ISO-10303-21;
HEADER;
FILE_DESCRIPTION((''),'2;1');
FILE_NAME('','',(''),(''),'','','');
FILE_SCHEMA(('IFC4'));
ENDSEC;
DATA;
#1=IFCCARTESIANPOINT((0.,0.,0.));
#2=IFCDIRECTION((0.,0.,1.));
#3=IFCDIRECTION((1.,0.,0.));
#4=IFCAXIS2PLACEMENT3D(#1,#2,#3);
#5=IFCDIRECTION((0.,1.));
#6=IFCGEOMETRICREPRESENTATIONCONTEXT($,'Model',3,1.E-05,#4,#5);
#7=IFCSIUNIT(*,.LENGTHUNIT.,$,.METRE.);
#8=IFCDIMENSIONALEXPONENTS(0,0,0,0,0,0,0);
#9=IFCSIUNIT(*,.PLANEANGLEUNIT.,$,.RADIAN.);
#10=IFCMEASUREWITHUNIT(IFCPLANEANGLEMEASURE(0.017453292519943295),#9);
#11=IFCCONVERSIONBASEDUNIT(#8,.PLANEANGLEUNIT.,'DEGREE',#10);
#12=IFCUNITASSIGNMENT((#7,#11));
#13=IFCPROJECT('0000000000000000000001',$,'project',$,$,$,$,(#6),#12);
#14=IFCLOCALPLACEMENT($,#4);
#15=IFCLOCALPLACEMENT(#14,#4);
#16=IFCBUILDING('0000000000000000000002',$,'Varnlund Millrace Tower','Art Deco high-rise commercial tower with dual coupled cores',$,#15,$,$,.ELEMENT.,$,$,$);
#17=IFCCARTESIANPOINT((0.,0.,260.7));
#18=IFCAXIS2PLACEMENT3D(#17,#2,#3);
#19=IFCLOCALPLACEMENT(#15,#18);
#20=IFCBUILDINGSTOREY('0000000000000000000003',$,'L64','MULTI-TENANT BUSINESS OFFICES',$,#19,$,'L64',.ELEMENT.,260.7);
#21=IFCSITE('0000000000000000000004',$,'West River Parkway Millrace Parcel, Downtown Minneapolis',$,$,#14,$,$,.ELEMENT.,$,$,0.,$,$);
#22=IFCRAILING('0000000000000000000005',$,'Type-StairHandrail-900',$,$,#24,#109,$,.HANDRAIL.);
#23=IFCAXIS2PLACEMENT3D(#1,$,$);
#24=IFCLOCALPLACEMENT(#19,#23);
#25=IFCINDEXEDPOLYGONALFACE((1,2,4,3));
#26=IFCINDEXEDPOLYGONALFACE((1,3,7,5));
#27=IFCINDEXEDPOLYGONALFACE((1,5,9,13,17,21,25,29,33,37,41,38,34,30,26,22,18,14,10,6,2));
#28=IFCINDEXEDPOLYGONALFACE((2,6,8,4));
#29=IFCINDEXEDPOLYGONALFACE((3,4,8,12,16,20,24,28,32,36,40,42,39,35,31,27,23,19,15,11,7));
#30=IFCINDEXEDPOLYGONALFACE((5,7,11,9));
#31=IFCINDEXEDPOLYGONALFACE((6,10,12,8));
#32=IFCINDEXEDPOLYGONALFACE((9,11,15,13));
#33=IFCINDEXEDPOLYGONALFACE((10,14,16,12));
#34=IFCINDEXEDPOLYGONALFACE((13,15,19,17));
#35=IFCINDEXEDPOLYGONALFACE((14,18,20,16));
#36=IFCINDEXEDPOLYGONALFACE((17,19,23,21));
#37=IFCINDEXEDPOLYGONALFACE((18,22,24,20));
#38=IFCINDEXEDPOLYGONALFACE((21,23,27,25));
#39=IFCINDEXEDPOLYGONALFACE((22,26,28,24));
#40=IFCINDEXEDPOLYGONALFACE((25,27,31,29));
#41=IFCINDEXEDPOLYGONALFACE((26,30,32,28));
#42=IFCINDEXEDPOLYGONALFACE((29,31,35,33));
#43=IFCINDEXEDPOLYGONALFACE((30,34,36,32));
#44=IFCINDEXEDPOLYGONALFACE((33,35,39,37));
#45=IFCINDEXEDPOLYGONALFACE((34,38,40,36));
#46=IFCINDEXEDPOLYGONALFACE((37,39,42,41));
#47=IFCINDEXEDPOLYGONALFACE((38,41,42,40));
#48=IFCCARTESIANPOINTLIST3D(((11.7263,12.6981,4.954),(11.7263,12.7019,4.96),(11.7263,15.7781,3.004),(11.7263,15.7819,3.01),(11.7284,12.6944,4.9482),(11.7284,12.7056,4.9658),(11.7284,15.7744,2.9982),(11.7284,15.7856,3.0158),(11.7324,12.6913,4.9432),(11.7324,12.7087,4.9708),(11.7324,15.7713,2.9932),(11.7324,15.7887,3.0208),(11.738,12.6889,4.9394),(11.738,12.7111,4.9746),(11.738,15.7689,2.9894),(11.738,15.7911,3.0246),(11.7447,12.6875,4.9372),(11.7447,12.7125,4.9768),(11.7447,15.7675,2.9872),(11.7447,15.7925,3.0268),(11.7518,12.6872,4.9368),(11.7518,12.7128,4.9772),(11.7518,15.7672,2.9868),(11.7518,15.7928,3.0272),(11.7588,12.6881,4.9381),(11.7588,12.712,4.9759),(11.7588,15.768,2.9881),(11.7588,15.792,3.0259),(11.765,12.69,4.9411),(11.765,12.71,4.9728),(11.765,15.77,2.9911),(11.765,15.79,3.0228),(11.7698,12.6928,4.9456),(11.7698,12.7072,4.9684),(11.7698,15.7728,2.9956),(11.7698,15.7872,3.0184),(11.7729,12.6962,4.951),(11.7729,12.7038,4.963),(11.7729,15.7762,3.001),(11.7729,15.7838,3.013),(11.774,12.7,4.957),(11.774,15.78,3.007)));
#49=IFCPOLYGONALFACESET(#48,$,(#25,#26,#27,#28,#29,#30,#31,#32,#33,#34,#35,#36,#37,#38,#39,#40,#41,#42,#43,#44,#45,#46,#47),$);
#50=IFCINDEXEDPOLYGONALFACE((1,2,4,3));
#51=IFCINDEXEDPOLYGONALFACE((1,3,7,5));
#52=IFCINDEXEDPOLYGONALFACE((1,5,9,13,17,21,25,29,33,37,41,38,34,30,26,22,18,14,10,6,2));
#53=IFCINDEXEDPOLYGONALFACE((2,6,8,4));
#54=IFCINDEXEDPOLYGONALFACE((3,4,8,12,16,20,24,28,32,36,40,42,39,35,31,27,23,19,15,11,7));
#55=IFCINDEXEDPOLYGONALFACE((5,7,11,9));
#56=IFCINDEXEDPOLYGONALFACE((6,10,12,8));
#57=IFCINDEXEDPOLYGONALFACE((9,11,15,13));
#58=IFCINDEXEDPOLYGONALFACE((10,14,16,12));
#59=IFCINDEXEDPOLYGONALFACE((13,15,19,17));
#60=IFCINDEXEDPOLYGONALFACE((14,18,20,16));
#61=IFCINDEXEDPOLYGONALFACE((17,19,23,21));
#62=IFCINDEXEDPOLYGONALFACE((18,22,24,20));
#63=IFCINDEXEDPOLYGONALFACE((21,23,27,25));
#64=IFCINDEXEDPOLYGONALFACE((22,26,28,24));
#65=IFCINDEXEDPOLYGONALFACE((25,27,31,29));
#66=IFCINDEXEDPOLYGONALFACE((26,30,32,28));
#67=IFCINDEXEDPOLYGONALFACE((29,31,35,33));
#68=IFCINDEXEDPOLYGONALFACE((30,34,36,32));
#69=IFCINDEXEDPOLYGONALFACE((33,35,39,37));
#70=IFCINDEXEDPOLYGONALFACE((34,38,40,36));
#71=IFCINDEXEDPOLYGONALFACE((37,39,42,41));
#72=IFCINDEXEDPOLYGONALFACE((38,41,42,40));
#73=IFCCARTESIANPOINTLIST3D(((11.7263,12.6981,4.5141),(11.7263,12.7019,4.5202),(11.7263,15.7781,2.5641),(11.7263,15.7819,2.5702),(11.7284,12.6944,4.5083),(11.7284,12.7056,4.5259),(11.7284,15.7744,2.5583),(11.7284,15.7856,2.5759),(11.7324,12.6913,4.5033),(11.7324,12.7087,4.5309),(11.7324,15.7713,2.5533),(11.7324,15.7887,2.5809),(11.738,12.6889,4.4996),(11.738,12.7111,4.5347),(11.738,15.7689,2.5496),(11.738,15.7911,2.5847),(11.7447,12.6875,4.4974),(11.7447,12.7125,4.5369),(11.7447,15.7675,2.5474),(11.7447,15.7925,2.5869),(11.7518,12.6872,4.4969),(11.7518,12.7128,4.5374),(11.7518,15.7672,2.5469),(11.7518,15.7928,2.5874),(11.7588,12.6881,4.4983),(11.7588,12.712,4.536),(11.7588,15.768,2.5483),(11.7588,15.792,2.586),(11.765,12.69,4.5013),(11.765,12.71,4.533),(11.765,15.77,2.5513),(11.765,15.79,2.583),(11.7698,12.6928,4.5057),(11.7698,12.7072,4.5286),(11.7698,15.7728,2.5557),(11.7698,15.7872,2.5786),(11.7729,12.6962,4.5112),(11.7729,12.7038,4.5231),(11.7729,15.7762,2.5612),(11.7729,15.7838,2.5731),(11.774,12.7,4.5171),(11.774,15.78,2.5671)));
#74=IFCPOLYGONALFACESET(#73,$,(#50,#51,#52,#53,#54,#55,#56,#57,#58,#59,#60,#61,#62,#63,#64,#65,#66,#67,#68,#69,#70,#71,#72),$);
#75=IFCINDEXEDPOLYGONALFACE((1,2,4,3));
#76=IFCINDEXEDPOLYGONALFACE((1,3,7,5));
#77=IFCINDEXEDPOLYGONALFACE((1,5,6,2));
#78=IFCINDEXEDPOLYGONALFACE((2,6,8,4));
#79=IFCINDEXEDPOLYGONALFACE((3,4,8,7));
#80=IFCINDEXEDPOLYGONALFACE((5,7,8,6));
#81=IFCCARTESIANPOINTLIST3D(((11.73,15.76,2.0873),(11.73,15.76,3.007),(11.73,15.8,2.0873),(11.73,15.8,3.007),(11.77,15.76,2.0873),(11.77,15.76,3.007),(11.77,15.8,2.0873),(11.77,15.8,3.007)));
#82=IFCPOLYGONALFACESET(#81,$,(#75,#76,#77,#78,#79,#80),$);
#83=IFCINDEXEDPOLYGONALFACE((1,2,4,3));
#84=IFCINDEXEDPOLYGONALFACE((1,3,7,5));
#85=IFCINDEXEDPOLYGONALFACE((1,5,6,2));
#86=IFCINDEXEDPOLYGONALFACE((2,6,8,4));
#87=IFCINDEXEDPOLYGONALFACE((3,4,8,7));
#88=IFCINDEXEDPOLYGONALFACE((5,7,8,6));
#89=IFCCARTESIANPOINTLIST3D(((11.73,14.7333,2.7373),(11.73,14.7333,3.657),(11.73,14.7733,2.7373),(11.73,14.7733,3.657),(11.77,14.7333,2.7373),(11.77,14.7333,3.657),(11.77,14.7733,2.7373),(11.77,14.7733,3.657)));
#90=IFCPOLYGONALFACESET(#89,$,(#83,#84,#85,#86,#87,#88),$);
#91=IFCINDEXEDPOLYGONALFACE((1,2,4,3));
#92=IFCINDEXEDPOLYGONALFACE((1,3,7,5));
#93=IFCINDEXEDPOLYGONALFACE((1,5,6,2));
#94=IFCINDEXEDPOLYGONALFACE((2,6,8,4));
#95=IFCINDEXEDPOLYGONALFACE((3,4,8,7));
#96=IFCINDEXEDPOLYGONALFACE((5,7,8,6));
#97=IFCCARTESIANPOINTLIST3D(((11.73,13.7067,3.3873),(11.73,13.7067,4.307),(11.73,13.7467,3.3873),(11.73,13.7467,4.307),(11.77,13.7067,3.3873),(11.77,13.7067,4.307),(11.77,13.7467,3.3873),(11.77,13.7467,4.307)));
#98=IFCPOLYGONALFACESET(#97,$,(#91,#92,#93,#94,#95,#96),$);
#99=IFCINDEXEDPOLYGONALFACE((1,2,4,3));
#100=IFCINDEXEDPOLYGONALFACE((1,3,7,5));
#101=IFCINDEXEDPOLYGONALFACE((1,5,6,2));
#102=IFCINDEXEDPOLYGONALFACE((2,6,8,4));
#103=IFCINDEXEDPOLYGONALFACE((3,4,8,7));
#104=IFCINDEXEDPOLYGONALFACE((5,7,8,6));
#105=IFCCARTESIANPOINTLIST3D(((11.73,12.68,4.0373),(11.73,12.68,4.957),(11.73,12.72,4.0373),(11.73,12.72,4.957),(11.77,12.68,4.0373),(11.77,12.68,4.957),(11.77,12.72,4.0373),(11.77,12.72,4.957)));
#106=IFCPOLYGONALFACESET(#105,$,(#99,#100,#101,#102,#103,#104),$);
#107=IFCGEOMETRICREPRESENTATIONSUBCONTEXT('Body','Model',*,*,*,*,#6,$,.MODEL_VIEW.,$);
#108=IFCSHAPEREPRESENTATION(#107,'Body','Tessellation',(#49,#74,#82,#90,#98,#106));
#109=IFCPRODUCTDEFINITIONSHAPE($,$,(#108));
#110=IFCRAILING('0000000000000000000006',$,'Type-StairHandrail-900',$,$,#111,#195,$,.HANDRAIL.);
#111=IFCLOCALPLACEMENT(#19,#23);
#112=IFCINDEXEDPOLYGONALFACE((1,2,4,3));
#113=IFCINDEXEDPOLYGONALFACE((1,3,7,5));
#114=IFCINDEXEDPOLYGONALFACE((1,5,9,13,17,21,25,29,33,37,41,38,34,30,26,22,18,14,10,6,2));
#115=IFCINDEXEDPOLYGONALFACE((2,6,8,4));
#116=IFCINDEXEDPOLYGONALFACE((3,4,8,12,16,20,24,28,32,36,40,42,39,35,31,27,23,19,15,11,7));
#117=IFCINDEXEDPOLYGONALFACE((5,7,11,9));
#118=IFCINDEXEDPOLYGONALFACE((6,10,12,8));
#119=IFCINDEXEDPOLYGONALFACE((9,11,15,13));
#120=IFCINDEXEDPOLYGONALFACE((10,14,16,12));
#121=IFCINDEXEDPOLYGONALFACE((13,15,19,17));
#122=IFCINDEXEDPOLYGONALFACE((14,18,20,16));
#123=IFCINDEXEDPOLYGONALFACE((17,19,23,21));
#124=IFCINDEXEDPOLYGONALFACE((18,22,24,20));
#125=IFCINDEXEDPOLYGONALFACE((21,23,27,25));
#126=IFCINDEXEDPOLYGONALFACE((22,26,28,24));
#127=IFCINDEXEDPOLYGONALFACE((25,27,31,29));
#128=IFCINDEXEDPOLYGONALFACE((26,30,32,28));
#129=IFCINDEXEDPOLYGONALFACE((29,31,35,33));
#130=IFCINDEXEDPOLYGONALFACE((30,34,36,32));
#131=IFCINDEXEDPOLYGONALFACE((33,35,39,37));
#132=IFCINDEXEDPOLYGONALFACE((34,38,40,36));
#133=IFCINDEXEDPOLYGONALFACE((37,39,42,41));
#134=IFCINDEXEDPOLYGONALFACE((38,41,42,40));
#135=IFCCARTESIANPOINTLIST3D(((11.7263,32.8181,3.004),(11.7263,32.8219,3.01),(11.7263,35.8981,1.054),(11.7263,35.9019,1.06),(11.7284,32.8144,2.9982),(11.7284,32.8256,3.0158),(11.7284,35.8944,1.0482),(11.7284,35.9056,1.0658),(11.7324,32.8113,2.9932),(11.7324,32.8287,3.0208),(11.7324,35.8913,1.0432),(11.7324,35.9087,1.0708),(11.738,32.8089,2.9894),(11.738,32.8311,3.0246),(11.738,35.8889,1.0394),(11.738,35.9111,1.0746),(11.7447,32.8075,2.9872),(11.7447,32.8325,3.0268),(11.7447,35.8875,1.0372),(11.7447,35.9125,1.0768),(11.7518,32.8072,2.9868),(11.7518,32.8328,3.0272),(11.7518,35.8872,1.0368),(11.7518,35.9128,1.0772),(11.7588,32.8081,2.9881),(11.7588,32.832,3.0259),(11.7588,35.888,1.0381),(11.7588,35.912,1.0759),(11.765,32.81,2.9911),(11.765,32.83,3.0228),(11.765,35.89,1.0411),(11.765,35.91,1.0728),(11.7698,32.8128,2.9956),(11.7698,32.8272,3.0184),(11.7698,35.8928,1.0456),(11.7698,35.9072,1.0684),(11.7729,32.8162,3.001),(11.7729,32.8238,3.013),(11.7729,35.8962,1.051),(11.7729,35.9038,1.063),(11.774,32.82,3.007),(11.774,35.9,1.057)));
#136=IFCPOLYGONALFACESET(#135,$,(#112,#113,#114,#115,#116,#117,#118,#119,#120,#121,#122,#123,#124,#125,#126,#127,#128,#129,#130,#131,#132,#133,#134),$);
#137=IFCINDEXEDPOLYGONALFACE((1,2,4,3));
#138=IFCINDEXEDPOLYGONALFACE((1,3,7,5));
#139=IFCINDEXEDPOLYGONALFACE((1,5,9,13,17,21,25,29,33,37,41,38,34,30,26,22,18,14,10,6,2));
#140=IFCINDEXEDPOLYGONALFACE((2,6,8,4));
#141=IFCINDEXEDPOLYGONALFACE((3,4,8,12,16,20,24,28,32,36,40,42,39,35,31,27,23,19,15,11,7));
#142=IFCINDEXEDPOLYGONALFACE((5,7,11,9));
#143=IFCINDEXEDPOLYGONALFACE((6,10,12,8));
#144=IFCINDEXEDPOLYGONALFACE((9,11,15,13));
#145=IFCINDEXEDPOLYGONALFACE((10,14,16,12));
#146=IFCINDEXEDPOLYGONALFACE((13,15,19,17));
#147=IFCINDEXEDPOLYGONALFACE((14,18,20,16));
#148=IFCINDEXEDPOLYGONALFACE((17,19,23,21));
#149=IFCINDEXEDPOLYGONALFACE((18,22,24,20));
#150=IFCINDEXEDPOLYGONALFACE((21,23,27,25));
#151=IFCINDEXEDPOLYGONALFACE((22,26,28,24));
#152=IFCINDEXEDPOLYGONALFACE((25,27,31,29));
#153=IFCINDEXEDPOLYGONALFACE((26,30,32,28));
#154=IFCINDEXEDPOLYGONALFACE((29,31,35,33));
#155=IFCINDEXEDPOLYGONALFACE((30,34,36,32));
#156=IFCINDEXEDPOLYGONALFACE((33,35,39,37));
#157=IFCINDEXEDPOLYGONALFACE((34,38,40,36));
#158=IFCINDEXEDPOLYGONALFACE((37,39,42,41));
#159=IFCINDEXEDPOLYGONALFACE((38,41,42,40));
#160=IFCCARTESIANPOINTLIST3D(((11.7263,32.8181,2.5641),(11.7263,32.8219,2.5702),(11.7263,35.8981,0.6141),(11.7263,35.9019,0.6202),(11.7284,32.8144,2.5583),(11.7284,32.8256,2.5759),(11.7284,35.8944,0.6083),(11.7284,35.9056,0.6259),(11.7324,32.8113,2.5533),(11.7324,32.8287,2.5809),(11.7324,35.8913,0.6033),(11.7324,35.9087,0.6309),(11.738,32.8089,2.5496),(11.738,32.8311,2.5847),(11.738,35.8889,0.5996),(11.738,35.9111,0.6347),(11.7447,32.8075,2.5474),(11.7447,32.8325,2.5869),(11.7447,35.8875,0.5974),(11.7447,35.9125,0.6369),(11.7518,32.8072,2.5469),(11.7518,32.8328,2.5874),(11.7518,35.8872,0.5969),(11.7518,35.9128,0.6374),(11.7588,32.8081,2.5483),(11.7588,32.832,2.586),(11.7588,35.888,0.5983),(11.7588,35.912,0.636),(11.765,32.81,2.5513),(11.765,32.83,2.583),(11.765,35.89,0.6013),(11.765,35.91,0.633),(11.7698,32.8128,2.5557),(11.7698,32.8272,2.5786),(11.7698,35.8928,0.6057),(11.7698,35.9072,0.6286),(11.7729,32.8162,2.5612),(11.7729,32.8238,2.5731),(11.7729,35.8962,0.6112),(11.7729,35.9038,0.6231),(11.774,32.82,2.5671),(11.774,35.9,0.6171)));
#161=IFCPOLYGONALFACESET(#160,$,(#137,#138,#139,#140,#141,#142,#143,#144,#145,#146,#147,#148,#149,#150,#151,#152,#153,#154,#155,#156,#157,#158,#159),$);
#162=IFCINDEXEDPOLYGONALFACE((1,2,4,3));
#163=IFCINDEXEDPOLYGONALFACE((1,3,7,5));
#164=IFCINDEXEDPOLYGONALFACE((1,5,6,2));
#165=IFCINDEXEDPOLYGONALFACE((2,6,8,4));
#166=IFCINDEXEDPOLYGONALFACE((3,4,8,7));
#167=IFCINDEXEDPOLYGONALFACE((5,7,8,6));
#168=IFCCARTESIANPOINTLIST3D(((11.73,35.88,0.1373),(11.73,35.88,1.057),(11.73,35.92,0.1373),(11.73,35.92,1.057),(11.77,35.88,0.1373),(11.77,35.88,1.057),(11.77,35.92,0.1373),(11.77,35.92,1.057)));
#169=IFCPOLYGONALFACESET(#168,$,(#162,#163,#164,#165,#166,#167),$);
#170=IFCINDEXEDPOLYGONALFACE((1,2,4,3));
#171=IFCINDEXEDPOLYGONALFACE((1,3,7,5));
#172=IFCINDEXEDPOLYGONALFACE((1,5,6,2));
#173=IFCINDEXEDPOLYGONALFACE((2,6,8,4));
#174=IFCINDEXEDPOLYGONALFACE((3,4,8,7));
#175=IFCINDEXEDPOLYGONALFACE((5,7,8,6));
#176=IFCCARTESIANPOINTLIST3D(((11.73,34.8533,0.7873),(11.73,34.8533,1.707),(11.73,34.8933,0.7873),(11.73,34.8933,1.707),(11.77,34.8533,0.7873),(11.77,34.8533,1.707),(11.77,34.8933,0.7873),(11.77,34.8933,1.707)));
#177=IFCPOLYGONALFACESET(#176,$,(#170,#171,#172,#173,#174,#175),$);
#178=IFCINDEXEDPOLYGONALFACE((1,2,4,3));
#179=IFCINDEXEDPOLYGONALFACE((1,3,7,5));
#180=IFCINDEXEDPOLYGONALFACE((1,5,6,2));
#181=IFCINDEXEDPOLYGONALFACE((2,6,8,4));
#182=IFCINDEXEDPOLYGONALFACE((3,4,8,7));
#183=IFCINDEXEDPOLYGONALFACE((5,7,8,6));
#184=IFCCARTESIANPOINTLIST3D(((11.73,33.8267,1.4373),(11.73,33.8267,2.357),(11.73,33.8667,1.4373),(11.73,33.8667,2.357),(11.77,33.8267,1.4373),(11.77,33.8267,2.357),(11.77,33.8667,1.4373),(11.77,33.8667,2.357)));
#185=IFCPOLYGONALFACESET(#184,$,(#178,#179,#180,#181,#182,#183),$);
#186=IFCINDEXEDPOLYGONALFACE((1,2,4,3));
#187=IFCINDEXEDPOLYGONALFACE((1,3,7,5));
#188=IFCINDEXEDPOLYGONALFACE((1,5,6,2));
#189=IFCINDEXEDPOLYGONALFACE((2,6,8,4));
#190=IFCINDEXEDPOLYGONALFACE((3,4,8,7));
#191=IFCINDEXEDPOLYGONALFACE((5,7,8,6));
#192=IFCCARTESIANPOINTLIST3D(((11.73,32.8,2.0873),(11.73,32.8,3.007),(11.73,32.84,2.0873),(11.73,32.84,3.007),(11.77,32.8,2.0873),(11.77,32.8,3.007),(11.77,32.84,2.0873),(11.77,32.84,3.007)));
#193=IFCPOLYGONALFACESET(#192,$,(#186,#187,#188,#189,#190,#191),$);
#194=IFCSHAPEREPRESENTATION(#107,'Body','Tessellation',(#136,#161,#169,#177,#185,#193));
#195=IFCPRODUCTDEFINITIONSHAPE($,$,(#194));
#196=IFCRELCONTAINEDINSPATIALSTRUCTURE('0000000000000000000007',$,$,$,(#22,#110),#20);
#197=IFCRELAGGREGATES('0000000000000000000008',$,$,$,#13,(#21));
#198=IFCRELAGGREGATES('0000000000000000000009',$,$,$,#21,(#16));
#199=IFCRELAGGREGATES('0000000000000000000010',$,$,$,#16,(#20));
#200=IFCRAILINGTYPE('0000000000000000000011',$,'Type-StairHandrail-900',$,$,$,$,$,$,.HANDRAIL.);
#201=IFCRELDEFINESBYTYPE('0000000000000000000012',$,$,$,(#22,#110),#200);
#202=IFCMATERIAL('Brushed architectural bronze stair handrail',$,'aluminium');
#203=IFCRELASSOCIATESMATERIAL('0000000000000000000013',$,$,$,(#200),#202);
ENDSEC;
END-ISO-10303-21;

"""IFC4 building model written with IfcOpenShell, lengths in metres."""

from ifc_helpers import new_model, entity, si_unit, converted_unit, direction, frame, origin_with_axes, origin_2d_with_axis, place, context, subcontext, project, spatial, rectangle, circle, extrude, material, type_object, element, save


model = new_model("IFC4")

# Units and contexts
model_context = context("Model", 3, precision=1e-05, world=origin_with_axes(), true_north=direction((0.0, 1.0)))
body_context = subcontext(model_context, "Body", "Model", "MODEL_VIEW")
ifc_project = project(units=[si_unit("LENGTHUNIT", "METRE"), converted_unit("PLANEANGLEUNIT", "DEGREE", entity("IfcPlaneAngleMeasure", 0.017453292519943295), si_unit("PLANEANGLEUNIT", "RADIAN"), dimensions=[0, 0, 0, 0, 0, 0, 0])], contexts=[model_context])

# Site, building, storey
site_placement = place(None, origin_with_axes())
site = spatial("IfcSite", under=ifc_project, at=site_placement, Name="West River Parkway Millrace Parcel, Downtown Minneapolis", CompositionType="ELEMENT", RefElevation=0.0)
building_placement = place(site_placement, origin_with_axes())
building = spatial("IfcBuilding", under=site, at=building_placement, Name="Varnlund Millrace Tower", Description="Art Deco high-rise commercial tower with dual coupled cores", CompositionType="ELEMENT")
storey_placement = place(building_placement, frame((0.0, 0.0, 260.7), z_axis=(0.0, 0.0, 1.0), x_axis=(1.0, 0.0, 0.0)))
storey = spatial("IfcBuildingStorey", under=building, at=storey_placement, Name="L64", Description="MULTI-TENANT BUSINESS OFFICES", LongName="L64", CompositionType="ELEMENT", Elevation=260.7)

# Railings
ifc_material_1 = material(Name="Brushed architectural bronze stair handrail", Category="aluminium")
railing_type_1 = type_object("IfcRailingType", Name="Type-StairHandrail-900", PredefinedType="HANDRAIL", material=ifc_material_1)
railing_1_placement = place(storey_placement, frame((0.0, 0.0, -260.7), z_axis=(0.0, 0.0, 1.0), x_axis=(1.0, 0.0, 0.0)))
element("IfcRailing", 1, at=railing_1_placement, inside=storey, type_object=railing_type_1, Name="Type-StairHandrail-900", PredefinedType="HANDRAIL", context=body_context, shape_type="SweptSolid", body=[
    extrude(circle(Radius=0.024, at=origin_2d_with_axis()), frame((11.75, 15.78, 263.707), z_axis=(0.0, -0.844902, 0.534922), x_axis=(1.0, 0.0, 0.0)), (0.0, 0.0, 1.0), 3.6454),
    extrude(circle(Radius=0.024, at=origin_2d_with_axis()), frame((11.75, 15.78, 263.2671), z_axis=(0.0, -0.844902, 0.534922), x_axis=(1.0, 0.0, 0.0)), (0.0, 0.0, 1.0), 3.6454),
    extrude(rectangle(XDim=0.04, YDim=0.04, at=origin_2d_with_axis()), frame((11.75, 15.78, 262.7873), z_axis=(0.0, 0.0, 1.0), x_axis=(1.0, 0.0, 0.0)), (0.0, 0.0, 1.0), 0.9197),
    extrude(rectangle(XDim=0.04, YDim=0.04, at=origin_2d_with_axis()), frame((11.75, 14.7533, 263.4373), z_axis=(0.0, 0.0, 1.0), x_axis=(1.0, 0.0, 0.0)), (0.0, 0.0, 1.0), 0.9197),
    extrude(rectangle(XDim=0.04, YDim=0.04, at=origin_2d_with_axis()), frame((11.75, 13.7267, 264.0873), z_axis=(0.0, 0.0, 1.0), x_axis=(1.0, 0.0, 0.0)), (0.0, 0.0, 1.0), 0.9197),
    extrude(rectangle(XDim=0.04, YDim=0.04, at=origin_2d_with_axis()), frame((11.75, 12.7, 264.7373), z_axis=(0.0, 0.0, 1.0), x_axis=(1.0, 0.0, 0.0)), (0.0, 0.0, 1.0), 0.9197),
])
railing_2_placement = place(storey_placement, frame((0.0, 0.0, -260.7), z_axis=(0.0, 0.0, 1.0), x_axis=(1.0, 0.0, 0.0)))
element("IfcRailing", 2, at=railing_2_placement, inside=storey, type_object=railing_type_1, Name="Type-StairHandrail-900", PredefinedType="HANDRAIL", context=body_context, shape_type="SweptSolid", body=[
    extrude(circle(Radius=0.024, at=origin_2d_with_axis()), frame((11.75, 35.9, 261.757), z_axis=(0.0, -0.844902, 0.534922), x_axis=(1.0, 0.0, 0.0)), (0.0, 0.0, 1.0), 3.6454),
    extrude(circle(Radius=0.024, at=origin_2d_with_axis()), frame((11.75, 35.9, 261.3171), z_axis=(0.0, -0.844902, 0.534922), x_axis=(1.0, 0.0, 0.0)), (0.0, 0.0, 1.0), 3.6454),
    extrude(rectangle(XDim=0.04, YDim=0.04, at=origin_2d_with_axis()), frame((11.75, 35.9, 260.8373), z_axis=(0.0, 0.0, 1.0), x_axis=(1.0, 0.0, 0.0)), (0.0, 0.0, 1.0), 0.9197),
    extrude(rectangle(XDim=0.04, YDim=0.04, at=origin_2d_with_axis()), frame((11.75, 34.8733, 261.4873), z_axis=(0.0, 0.0, 1.0), x_axis=(1.0, 0.0, 0.0)), (0.0, 0.0, 1.0), 0.9197),
    extrude(rectangle(XDim=0.04, YDim=0.04, at=origin_2d_with_axis()), frame((11.75, 33.8467, 262.1373), z_axis=(0.0, 0.0, 1.0), x_axis=(1.0, 0.0, 0.0)), (0.0, 0.0, 1.0), 0.9197),
    extrude(rectangle(XDim=0.04, YDim=0.04, at=origin_2d_with_axis()), frame((11.75, 32.82, 262.7873), z_axis=(0.0, 0.0, 1.0), x_axis=(1.0, 0.0, 0.0)), (0.0, 0.0, 1.0), 0.9197),
])

save(model, "model.ifc")
